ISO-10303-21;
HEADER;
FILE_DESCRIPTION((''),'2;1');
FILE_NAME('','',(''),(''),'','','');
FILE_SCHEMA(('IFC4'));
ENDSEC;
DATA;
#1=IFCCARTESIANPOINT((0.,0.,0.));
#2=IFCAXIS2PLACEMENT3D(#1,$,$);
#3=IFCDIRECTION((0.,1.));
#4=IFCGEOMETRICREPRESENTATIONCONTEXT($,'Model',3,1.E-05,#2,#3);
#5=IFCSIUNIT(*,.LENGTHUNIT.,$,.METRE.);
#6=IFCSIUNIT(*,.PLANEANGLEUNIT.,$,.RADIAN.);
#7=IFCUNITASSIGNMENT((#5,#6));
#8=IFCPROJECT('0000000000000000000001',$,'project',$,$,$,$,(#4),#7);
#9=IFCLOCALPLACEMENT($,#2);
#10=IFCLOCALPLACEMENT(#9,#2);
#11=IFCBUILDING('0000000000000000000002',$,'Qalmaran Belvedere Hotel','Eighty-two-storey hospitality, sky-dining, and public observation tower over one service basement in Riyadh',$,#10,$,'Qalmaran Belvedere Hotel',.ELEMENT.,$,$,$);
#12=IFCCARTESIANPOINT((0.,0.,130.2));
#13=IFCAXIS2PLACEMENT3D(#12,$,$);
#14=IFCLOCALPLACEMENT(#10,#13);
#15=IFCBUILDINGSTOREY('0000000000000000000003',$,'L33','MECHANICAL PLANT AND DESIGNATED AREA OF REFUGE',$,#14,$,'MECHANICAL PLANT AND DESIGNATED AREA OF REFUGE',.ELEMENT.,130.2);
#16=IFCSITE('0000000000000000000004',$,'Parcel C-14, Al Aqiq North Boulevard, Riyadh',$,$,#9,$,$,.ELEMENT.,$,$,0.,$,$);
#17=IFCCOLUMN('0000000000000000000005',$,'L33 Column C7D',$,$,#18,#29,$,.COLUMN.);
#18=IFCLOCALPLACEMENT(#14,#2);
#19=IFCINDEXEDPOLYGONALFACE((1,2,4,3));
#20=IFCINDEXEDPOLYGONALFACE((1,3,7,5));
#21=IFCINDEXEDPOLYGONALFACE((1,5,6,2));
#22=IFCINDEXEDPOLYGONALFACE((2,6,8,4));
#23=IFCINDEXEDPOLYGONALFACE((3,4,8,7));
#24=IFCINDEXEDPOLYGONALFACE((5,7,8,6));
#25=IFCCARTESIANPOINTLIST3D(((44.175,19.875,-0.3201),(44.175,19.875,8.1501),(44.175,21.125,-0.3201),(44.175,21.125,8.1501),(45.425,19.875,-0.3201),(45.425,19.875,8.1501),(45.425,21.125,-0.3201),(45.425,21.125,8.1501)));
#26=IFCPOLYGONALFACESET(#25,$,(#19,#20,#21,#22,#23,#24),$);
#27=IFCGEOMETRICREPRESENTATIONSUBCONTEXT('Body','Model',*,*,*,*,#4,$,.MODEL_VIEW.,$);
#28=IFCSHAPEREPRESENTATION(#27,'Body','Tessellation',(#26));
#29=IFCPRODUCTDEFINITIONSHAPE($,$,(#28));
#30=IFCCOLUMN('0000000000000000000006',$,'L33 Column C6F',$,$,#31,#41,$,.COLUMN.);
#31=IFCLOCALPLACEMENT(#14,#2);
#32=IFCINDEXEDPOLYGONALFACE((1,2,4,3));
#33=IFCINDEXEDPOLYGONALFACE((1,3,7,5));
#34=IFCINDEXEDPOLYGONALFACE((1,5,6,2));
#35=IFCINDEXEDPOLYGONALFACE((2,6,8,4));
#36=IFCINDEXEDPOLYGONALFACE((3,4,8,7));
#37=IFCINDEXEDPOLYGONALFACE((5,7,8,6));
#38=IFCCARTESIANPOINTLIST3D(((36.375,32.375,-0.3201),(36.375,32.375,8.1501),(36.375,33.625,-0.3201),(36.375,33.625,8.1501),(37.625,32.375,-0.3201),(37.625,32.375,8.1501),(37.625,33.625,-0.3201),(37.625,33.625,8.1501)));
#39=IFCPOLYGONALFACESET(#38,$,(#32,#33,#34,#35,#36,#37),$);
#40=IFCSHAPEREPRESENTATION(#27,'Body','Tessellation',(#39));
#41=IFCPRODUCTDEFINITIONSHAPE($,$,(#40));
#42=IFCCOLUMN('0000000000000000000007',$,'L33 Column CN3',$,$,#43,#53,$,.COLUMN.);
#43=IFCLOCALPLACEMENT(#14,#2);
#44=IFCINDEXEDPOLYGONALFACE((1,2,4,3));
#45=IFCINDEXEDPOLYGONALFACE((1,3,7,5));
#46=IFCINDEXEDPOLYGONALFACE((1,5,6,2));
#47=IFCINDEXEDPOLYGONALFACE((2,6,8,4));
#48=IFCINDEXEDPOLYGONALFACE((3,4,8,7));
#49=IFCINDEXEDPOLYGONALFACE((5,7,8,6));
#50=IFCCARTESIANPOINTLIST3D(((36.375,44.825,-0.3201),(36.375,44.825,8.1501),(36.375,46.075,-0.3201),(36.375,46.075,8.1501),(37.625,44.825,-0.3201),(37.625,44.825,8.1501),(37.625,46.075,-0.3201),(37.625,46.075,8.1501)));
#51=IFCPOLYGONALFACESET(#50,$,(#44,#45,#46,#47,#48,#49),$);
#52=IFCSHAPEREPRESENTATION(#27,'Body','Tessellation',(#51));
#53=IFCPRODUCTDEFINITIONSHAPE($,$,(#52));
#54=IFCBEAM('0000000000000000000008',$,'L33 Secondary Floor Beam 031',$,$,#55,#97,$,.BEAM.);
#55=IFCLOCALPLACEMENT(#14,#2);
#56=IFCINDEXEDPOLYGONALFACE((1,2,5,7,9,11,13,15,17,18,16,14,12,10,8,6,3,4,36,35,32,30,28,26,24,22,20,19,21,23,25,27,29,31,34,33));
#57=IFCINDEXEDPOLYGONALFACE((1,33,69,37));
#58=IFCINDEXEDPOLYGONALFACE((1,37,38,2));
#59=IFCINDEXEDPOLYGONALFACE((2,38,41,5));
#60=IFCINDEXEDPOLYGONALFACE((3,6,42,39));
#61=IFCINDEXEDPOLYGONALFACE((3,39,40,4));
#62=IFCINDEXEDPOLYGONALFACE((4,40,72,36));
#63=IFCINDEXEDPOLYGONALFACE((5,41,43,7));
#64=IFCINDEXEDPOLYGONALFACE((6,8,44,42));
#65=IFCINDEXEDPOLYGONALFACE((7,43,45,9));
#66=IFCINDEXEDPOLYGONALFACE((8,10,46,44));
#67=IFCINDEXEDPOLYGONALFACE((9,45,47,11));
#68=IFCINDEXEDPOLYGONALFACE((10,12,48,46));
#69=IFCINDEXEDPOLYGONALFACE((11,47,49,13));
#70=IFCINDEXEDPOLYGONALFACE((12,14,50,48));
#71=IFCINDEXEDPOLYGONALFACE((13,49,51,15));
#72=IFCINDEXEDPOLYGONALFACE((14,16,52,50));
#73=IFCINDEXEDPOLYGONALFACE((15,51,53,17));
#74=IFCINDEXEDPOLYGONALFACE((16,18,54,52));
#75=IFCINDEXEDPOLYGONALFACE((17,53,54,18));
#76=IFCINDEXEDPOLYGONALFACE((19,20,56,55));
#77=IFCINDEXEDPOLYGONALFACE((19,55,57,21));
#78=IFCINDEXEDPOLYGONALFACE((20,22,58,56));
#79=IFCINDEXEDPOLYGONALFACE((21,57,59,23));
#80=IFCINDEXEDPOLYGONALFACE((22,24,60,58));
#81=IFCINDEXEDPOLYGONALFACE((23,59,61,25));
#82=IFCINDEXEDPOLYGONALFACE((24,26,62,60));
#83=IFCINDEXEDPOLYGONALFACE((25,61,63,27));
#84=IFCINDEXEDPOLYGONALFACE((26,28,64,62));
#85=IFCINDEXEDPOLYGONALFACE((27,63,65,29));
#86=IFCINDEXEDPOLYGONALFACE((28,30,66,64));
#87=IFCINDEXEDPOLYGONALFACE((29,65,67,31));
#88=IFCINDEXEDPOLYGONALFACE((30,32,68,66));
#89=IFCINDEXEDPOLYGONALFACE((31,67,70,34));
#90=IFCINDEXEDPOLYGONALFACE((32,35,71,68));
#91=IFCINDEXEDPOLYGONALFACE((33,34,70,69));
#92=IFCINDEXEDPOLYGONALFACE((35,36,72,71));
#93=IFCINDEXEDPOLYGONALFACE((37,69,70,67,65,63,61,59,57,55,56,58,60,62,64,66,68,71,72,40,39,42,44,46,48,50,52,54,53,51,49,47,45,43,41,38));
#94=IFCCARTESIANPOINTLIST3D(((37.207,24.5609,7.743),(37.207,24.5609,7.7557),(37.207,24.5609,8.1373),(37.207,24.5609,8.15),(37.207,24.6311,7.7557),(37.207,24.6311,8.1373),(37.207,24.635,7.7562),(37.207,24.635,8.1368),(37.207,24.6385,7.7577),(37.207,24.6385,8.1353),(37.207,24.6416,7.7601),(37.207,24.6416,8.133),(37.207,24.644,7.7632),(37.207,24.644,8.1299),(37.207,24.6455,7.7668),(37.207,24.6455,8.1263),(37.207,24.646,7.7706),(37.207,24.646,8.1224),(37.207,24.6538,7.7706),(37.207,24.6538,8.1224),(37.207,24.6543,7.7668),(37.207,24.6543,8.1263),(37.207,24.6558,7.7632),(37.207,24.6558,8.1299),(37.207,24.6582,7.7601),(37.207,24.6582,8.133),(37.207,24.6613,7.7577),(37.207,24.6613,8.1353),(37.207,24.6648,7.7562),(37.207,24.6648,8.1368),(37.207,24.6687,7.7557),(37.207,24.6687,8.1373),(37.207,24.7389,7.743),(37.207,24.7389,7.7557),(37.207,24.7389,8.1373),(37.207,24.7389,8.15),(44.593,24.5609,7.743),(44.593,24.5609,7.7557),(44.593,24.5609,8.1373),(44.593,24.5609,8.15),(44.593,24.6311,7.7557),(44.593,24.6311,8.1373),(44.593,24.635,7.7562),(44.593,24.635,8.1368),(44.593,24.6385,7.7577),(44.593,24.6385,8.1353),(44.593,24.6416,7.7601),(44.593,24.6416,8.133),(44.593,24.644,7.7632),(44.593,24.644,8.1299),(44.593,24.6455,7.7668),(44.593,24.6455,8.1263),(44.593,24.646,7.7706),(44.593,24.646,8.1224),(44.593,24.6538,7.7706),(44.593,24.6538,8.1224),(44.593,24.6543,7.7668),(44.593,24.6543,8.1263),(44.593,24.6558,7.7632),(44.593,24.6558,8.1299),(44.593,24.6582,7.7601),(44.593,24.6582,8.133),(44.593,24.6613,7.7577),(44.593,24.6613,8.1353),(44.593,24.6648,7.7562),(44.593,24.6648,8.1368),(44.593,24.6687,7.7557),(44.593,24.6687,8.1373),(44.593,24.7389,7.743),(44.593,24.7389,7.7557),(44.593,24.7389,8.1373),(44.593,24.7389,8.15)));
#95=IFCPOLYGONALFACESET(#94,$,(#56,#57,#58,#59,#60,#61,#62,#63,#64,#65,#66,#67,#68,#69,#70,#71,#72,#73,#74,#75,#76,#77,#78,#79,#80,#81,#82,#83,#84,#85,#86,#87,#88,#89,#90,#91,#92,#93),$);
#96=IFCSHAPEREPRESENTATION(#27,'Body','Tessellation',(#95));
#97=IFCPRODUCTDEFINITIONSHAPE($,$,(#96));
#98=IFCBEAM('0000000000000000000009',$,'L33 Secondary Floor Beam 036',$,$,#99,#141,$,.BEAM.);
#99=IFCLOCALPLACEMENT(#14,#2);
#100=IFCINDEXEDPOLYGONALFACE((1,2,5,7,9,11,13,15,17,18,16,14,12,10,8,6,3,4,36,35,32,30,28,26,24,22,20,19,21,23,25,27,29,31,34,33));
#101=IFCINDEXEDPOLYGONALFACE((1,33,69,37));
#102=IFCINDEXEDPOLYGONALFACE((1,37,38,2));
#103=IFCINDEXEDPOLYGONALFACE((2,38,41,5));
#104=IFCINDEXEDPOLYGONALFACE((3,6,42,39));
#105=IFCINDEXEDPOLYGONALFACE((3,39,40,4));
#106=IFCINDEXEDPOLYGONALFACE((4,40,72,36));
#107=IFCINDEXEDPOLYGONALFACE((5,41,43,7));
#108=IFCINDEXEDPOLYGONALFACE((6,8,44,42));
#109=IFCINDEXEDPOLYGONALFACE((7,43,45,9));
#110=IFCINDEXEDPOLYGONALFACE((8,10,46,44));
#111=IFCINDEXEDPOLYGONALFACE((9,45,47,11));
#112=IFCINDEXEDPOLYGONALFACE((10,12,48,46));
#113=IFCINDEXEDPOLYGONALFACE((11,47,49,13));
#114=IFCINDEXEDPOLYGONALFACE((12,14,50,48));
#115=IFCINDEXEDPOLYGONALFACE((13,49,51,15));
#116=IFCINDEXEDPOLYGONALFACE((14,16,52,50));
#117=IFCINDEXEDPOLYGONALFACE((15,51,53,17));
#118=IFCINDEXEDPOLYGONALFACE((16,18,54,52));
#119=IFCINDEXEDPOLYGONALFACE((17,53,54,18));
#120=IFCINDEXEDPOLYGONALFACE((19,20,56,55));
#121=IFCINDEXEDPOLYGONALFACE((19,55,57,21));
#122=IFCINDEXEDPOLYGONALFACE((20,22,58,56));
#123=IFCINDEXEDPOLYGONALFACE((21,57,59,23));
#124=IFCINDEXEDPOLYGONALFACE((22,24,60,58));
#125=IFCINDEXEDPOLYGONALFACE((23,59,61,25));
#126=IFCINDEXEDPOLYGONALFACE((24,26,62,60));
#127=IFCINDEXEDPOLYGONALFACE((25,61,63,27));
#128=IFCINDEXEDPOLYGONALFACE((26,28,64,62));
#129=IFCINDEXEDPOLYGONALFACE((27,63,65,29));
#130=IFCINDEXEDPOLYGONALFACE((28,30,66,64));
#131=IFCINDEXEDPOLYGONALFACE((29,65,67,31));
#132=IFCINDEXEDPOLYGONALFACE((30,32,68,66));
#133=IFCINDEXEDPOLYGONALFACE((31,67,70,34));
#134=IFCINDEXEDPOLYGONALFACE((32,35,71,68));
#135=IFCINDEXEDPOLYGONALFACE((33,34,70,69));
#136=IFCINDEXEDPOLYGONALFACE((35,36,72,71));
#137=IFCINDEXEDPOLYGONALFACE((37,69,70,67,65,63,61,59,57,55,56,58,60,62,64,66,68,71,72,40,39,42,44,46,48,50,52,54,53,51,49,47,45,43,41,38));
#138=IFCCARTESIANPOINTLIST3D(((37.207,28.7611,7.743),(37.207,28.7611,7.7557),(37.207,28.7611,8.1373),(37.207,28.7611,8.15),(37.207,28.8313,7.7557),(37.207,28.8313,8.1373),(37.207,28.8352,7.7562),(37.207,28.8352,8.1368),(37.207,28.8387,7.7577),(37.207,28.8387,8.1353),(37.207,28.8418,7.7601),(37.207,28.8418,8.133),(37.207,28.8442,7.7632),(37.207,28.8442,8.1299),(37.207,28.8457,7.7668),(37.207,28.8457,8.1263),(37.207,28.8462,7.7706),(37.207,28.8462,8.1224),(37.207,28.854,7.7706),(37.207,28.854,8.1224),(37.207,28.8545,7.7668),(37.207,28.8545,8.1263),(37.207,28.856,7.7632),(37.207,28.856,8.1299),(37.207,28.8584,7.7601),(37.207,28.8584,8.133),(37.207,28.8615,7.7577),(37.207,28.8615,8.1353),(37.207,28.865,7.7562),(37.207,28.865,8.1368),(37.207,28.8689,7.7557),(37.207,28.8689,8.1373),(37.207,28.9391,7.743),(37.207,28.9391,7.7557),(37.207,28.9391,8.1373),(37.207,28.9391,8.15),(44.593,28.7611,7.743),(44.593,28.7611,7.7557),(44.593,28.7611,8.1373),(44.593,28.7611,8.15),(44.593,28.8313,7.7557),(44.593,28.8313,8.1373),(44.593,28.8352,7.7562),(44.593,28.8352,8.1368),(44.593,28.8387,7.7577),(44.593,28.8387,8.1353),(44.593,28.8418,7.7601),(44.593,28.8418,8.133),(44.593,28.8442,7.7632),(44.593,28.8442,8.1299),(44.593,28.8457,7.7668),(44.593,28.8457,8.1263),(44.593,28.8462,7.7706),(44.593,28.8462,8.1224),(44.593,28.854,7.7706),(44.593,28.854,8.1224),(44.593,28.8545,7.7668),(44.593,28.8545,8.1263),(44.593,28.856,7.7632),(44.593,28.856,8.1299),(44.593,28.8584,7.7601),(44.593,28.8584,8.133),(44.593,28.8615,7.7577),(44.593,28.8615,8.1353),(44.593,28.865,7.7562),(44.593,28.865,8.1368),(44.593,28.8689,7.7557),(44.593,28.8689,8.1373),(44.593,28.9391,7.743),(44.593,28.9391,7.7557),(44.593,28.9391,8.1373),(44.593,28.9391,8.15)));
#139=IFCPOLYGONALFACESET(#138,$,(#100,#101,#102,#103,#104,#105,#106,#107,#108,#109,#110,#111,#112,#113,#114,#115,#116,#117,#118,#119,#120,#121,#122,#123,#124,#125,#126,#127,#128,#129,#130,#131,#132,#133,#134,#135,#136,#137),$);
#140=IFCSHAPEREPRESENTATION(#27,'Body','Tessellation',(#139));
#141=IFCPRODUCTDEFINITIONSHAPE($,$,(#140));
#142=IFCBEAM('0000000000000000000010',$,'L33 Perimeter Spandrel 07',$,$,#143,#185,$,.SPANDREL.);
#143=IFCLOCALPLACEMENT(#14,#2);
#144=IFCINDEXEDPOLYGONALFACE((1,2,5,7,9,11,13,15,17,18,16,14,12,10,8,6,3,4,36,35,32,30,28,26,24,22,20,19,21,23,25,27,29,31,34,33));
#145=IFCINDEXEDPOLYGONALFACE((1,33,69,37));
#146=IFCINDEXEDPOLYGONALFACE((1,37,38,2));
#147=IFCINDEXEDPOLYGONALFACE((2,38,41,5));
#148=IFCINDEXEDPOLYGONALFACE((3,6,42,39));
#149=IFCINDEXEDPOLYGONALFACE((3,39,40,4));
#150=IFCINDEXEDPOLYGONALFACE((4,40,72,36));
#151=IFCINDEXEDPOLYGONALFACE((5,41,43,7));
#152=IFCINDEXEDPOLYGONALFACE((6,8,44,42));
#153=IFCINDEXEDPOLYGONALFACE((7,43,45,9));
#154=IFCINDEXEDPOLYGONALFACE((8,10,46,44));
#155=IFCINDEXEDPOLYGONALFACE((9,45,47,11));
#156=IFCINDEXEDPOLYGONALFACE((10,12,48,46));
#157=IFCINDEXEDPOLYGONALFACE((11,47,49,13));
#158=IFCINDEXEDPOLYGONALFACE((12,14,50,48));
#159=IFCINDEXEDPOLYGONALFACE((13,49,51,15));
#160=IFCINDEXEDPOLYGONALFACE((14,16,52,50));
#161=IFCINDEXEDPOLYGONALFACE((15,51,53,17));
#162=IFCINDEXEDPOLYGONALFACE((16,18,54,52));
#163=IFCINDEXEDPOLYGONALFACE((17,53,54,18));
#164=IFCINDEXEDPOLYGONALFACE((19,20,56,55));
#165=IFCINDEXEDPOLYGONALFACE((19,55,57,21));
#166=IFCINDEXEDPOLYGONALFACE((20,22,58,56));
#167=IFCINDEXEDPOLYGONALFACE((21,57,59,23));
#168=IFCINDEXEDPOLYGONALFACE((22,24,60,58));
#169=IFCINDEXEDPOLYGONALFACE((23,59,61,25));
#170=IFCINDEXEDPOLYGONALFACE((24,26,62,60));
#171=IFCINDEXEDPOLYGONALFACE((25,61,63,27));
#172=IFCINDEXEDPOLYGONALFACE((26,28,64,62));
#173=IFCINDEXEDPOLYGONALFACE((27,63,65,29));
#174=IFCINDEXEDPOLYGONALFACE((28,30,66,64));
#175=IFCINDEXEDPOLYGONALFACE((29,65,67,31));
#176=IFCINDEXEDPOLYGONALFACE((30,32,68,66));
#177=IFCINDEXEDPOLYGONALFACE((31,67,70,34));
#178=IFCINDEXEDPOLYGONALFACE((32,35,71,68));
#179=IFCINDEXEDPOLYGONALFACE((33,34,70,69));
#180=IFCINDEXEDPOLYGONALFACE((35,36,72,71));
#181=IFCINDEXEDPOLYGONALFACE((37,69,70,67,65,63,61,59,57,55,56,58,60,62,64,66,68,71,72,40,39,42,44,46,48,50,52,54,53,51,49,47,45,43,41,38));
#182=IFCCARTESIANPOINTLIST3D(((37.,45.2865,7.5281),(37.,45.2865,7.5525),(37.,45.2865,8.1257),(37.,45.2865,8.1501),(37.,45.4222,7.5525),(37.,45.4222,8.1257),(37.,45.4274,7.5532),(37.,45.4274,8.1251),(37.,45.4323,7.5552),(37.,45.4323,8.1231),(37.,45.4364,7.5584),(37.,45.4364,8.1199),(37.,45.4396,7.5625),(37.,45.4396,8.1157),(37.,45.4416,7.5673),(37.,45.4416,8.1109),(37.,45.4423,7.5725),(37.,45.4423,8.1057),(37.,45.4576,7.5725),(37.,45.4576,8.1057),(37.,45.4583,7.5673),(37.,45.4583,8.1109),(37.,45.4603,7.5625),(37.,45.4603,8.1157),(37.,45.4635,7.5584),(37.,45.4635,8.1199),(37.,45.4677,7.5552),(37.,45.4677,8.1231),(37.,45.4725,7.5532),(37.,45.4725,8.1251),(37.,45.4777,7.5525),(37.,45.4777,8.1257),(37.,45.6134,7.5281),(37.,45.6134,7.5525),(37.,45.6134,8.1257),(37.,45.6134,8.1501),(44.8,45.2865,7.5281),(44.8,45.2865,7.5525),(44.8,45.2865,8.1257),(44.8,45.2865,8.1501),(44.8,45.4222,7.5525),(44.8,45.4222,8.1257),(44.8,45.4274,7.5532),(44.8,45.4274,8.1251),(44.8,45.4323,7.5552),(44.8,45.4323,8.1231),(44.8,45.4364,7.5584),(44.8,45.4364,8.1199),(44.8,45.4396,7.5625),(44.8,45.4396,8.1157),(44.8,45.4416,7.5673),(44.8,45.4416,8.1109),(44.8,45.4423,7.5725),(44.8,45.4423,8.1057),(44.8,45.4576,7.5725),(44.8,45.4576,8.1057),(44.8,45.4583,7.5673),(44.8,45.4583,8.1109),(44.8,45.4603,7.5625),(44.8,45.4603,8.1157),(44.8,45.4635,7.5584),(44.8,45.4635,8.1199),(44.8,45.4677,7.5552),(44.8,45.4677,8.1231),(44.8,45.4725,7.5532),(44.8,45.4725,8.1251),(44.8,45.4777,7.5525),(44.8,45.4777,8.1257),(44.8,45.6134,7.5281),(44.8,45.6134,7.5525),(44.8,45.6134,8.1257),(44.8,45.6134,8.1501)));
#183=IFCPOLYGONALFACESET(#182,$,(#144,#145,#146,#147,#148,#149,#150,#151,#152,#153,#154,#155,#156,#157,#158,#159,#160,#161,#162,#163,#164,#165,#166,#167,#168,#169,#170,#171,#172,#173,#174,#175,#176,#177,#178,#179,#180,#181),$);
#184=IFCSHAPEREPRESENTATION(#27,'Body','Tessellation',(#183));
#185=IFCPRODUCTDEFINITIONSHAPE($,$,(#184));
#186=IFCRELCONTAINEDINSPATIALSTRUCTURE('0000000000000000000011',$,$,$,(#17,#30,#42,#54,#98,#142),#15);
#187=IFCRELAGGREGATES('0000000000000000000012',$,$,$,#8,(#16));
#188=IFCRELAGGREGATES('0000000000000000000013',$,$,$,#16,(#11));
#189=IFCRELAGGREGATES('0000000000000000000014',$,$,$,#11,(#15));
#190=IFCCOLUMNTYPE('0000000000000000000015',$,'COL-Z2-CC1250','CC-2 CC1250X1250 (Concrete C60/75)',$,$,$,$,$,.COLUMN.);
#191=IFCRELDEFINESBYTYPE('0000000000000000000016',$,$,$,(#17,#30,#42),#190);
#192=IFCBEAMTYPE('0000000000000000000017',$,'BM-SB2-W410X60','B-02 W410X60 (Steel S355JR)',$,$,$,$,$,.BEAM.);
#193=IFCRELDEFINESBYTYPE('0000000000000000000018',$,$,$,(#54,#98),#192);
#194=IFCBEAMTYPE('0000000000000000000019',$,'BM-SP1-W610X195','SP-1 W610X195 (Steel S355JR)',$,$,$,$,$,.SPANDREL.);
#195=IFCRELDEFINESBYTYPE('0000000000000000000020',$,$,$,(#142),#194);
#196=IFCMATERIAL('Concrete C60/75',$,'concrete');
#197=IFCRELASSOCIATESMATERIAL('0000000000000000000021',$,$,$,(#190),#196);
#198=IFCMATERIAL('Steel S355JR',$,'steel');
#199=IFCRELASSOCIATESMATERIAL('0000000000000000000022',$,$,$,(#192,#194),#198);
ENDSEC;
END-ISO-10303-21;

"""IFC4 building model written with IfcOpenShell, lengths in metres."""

from ifc_helpers import new_model, si_unit, direction, frame, origin, origin_2d, place, context, subcontext, project, spatial, rectangle, i_section, extrude, material, material_profile, profile_set, type_object, element, save


model = new_model("IFC4")

# Units and contexts
model_context = context("Model", 3, precision=1e-05, world=origin(), true_north=direction((0.0, 1.0)))
body_context = subcontext(model_context, "Body", "Model", "MODEL_VIEW")
ifc_project = project(units=[si_unit("LENGTHUNIT", "METRE"), si_unit("PLANEANGLEUNIT", "RADIAN")], contexts=[model_context])

# Site, building, storey
site_placement = place(None, origin())
site = spatial("IfcSite", under=ifc_project, at=site_placement, Name="Parcel C-14, Al Aqiq North Boulevard, Riyadh", CompositionType="ELEMENT", RefElevation=0.0)
building_placement = place(site_placement, origin())
building = spatial("IfcBuilding", under=site, at=building_placement, Name="Qalmaran Belvedere Hotel", Description="Eighty-two-storey hospitality, sky-dining, and public observation tower over one service basement in Riyadh", LongName="Qalmaran Belvedere Hotel", CompositionType="ELEMENT")
storey_placement = place(building_placement, frame((0.0, 0.0, 130.2)))
storey = spatial("IfcBuildingStorey", under=building, at=storey_placement, Name="L33", Description="MECHANICAL PLANT AND DESIGNATED AREA OF REFUGE", LongName="MECHANICAL PLANT AND DESIGNATED AREA OF REFUGE", CompositionType="ELEMENT", Elevation=130.2)

# Columns
ifc_material_1 = material(Name="Concrete C60/75", Category="concrete")
ifc_material_profile_1 = material_profile(ifc_material_1, rectangle(XDim=1.25, YDim=1.25, at=origin_2d()), Name="CC1250X1250")
ifc_profile_set_1 = profile_set([ifc_material_profile_1], Name="Concrete C60/75")
column_type = type_object("IfcColumnType", Name="COL-Z2-CC1250", Description="CC-2 CC1250X1250 (Concrete C60/75)", PredefinedType="COLUMN", material=ifc_profile_set_1)
for number, where, z_axis, x_axis, name in (
    (1, (44.8, 20.5, -0.3201), (0.0, 0.0, 1.0), (1.0, 0.0, 0.0), "L33 Column C7D"),
    (2, (37.0, 33.0, -0.3201), (0.0, 0.0, 1.0), (1.0, 0.0, 0.0), "L33 Column C6F"),
    (3, (37.0, 45.45, -0.3201), (0.0, 0.0, 1.0), (1.0, 0.0, 0.0), "L33 Column CN3"),
):
    element("IfcColumn", number, at=place(storey_placement, frame(where, z_axis=z_axis, x_axis=x_axis)), inside=storey, type_object=column_type, Name=name, PredefinedType="COLUMN", context=body_context, shape_type="SweptSolid", body=[
        extrude(rectangle(XDim=1.25, YDim=1.25, at=origin_2d()), origin(), (0.0, 0.0, 1.0), 8.4702),
    ])

# Beams
ifc_material_2 = material(Name="Steel S355JR", Category="steel")
ifc_material_profile_2 = material_profile(ifc_material_2, i_section(OverallWidth=0.178, OverallDepth=0.407, WebThickness=0.0078, FlangeThickness=0.0127, FilletRadius=0.0149, at=origin_2d()), Name="W410X60")
ifc_profile_set_2 = profile_set([ifc_material_profile_2], Name="Steel S355JR")
beam_type_1 = type_object("IfcBeamType", Name="BM-SB2-W410X60", Description="B-02 W410X60 (Steel S355JR)", PredefinedType="BEAM", material=ifc_profile_set_2)
for number, where, z_axis, x_axis, name in (
    (4, (37.207, 24.6499, 7.9465), (1.0, 0.0, 0.0), (0.0, 1.0, 0.0), "L33 Secondary Floor Beam 031"),
    (5, (37.207, 28.8501, 7.9465), (1.0, 0.0, 0.0), (0.0, 1.0, 0.0), "L33 Secondary Floor Beam 036"),
):
    element("IfcBeam", number, at=place(storey_placement, frame(where, z_axis=z_axis, x_axis=x_axis)), inside=storey, type_object=beam_type_1, Name=name, PredefinedType="BEAM", context=body_context, shape_type="SweptSolid", body=[
        extrude(i_section(OverallWidth=0.178, OverallDepth=0.407, WebThickness=0.0078, FlangeThickness=0.0127, FilletRadius=0.0149, at=origin_2d()), origin(), (0.0, 0.0, 1.0), 7.386),
    ])
ifc_material_profile_3 = material_profile(ifc_material_2, i_section(OverallWidth=0.3269, OverallDepth=0.6221, WebThickness=0.0154, FlangeThickness=0.0244, FilletRadius=0.02, at=origin_2d()), Name="W610X195")
ifc_profile_set_3 = profile_set([ifc_material_profile_3], Name="Steel S355JR")
beam_type_2 = type_object("IfcBeamType", Name="BM-SP1-W610X195", Description="SP-1 W610X195 (Steel S355JR)", PredefinedType="SPANDREL", material=ifc_profile_set_3)
beam_1_placement = place(storey_placement, frame((37.0, 45.45, 7.8391), z_axis=(1.0, 0.0, 0.0), x_axis=(0.0, 1.0, 0.0)))
element("IfcBeam", 6, at=beam_1_placement, inside=storey, type_object=beam_type_2, Name="L33 Perimeter Spandrel 07", PredefinedType="SPANDREL", context=body_context, shape_type="SweptSolid", body=[
    extrude(i_section(OverallWidth=0.3269, OverallDepth=0.6221, WebThickness=0.0154, FlangeThickness=0.0244, FilletRadius=0.02, at=origin_2d()), origin(), (0.0, 0.0, 1.0), 7.8),
])

save(model, "model.ifc")
